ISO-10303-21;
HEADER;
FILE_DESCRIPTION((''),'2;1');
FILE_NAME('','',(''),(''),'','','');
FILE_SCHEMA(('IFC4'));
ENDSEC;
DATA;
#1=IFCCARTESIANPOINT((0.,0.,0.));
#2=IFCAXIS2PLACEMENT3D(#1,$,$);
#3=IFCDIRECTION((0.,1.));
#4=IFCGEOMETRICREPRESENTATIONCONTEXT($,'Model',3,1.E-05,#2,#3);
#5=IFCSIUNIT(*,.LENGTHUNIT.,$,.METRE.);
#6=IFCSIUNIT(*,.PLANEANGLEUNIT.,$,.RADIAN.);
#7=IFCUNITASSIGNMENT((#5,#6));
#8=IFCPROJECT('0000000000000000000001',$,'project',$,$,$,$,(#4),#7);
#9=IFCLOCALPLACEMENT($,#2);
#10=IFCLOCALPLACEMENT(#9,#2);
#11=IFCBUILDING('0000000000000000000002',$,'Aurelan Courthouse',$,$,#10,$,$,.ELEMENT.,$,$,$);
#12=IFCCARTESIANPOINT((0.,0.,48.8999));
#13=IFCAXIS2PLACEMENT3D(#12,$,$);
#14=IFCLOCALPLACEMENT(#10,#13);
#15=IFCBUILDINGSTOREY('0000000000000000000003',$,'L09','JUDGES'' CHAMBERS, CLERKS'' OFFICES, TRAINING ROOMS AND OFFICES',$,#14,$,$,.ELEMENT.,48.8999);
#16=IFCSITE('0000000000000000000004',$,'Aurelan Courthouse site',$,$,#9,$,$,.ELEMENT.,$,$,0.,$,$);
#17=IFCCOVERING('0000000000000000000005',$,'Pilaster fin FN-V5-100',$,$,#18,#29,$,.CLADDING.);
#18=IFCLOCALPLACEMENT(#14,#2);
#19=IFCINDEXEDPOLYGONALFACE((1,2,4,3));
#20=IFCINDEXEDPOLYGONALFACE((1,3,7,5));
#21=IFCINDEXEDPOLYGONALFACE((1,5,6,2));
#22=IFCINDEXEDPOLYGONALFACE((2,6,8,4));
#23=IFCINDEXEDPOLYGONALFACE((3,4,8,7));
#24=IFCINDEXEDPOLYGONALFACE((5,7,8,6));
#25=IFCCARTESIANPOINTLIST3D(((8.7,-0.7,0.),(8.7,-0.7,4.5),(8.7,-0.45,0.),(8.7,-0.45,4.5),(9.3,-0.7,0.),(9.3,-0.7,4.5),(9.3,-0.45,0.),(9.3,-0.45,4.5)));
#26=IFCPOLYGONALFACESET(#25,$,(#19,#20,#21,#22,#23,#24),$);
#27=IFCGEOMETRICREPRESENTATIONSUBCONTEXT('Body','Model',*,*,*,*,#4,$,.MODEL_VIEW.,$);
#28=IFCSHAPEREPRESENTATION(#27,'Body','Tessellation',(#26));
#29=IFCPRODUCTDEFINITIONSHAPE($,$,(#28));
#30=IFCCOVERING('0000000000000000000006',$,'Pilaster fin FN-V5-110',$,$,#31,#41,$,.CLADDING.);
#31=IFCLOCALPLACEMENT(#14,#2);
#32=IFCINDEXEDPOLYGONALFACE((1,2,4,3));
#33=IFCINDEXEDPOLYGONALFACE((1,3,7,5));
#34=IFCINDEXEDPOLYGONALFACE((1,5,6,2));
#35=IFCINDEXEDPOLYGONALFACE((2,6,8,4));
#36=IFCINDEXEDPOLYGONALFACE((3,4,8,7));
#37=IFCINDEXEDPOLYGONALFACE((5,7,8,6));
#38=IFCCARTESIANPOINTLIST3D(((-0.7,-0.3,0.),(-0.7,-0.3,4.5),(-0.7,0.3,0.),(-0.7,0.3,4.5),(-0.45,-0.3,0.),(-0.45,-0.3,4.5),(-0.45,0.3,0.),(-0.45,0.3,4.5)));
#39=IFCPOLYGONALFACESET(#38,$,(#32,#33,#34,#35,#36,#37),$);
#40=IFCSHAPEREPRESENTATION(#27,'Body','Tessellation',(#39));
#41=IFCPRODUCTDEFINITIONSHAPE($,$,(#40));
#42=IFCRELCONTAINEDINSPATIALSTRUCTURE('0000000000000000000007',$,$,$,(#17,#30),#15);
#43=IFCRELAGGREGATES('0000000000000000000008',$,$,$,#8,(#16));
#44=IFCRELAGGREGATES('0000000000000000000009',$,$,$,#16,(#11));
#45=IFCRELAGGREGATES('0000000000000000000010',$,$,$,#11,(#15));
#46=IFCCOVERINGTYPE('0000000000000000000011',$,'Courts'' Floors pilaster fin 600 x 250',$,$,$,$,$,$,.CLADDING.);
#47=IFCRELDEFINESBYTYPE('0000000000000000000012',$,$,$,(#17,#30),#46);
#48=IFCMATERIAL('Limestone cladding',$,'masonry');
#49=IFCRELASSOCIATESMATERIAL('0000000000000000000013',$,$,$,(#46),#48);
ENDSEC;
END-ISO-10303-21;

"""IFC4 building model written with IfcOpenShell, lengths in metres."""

from ifc_helpers import new_model, si_unit, direction, frame, origin, origin_2d, place, context, subcontext, project, spatial, rectangle, extrude, material, type_object, element, save


model = new_model("IFC4")

# Units and contexts
model_context = context("Model", 3, precision=1e-05, world=origin(), true_north=direction((0.0, 1.0)))
body_context = subcontext(model_context, "Body", "Model", "MODEL_VIEW")
ifc_project = project(units=[si_unit("LENGTHUNIT", "METRE"), si_unit("PLANEANGLEUNIT", "RADIAN")], contexts=[model_context])

# Site, building, storey
site_placement = place(None, origin())
site = spatial("IfcSite", under=ifc_project, at=site_placement, Name="Aurelan Courthouse site", CompositionType="ELEMENT", RefElevation=0.0)
building_placement = place(site_placement, origin())
building = spatial("IfcBuilding", under=site, at=building_placement, Name="Aurelan Courthouse", CompositionType="ELEMENT")
storey_placement = place(building_placement, frame((0.0, 0.0, 48.8999)))
storey = spatial("IfcBuildingStorey", under=building, at=storey_placement, Name="L09", Description="JUDGES' CHAMBERS, CLERKS' OFFICES, TRAINING ROOMS AND OFFICES", CompositionType="ELEMENT", Elevation=48.8999)

# Shared definitions
ifc_material_1 = material(Name="Limestone cladding", Category="masonry")

# Coverings
covering_type = type_object("IfcCoveringType", Name="Courts' Floors pilaster fin 600 x 250", PredefinedType="CLADDING", material=ifc_material_1)
for number, where, z_axis, x_axis, name in (
    (1, (9.0, -0.575, 0.0), (0.0, 0.0, 1.0), (1.0, 0.0, 0.0), "Pilaster fin FN-V5-100"),
):
    element("IfcCovering", number, at=place(storey_placement, frame(where, z_axis=z_axis, x_axis=x_axis)), inside=storey, type_object=covering_type, Name=name, PredefinedType="CLADDING", context=body_context, shape_type="SweptSolid", body=[
        extrude(rectangle(XDim=0.6001, YDim=0.25, at=origin_2d()), origin(), (0.0, 0.0, 1.0), 4.5),
    ])
covering_placement = place(storey_placement, frame((-0.575, 0.0, 0.0), z_axis=(0.0, 0.0, 1.0), x_axis=(1.0, 0.0, 0.0)))
element("IfcCovering", 2, at=covering_placement, inside=storey, type_object=covering_type, Name="Pilaster fin FN-V5-110", PredefinedType="CLADDING", context=body_context, shape_type="SweptSolid", body=[
    extrude(rectangle(XDim=0.25, YDim=0.6001, at=origin_2d()), origin(), (0.0, 0.0, 1.0), 4.5),
])

save(model, "model.ifc")
